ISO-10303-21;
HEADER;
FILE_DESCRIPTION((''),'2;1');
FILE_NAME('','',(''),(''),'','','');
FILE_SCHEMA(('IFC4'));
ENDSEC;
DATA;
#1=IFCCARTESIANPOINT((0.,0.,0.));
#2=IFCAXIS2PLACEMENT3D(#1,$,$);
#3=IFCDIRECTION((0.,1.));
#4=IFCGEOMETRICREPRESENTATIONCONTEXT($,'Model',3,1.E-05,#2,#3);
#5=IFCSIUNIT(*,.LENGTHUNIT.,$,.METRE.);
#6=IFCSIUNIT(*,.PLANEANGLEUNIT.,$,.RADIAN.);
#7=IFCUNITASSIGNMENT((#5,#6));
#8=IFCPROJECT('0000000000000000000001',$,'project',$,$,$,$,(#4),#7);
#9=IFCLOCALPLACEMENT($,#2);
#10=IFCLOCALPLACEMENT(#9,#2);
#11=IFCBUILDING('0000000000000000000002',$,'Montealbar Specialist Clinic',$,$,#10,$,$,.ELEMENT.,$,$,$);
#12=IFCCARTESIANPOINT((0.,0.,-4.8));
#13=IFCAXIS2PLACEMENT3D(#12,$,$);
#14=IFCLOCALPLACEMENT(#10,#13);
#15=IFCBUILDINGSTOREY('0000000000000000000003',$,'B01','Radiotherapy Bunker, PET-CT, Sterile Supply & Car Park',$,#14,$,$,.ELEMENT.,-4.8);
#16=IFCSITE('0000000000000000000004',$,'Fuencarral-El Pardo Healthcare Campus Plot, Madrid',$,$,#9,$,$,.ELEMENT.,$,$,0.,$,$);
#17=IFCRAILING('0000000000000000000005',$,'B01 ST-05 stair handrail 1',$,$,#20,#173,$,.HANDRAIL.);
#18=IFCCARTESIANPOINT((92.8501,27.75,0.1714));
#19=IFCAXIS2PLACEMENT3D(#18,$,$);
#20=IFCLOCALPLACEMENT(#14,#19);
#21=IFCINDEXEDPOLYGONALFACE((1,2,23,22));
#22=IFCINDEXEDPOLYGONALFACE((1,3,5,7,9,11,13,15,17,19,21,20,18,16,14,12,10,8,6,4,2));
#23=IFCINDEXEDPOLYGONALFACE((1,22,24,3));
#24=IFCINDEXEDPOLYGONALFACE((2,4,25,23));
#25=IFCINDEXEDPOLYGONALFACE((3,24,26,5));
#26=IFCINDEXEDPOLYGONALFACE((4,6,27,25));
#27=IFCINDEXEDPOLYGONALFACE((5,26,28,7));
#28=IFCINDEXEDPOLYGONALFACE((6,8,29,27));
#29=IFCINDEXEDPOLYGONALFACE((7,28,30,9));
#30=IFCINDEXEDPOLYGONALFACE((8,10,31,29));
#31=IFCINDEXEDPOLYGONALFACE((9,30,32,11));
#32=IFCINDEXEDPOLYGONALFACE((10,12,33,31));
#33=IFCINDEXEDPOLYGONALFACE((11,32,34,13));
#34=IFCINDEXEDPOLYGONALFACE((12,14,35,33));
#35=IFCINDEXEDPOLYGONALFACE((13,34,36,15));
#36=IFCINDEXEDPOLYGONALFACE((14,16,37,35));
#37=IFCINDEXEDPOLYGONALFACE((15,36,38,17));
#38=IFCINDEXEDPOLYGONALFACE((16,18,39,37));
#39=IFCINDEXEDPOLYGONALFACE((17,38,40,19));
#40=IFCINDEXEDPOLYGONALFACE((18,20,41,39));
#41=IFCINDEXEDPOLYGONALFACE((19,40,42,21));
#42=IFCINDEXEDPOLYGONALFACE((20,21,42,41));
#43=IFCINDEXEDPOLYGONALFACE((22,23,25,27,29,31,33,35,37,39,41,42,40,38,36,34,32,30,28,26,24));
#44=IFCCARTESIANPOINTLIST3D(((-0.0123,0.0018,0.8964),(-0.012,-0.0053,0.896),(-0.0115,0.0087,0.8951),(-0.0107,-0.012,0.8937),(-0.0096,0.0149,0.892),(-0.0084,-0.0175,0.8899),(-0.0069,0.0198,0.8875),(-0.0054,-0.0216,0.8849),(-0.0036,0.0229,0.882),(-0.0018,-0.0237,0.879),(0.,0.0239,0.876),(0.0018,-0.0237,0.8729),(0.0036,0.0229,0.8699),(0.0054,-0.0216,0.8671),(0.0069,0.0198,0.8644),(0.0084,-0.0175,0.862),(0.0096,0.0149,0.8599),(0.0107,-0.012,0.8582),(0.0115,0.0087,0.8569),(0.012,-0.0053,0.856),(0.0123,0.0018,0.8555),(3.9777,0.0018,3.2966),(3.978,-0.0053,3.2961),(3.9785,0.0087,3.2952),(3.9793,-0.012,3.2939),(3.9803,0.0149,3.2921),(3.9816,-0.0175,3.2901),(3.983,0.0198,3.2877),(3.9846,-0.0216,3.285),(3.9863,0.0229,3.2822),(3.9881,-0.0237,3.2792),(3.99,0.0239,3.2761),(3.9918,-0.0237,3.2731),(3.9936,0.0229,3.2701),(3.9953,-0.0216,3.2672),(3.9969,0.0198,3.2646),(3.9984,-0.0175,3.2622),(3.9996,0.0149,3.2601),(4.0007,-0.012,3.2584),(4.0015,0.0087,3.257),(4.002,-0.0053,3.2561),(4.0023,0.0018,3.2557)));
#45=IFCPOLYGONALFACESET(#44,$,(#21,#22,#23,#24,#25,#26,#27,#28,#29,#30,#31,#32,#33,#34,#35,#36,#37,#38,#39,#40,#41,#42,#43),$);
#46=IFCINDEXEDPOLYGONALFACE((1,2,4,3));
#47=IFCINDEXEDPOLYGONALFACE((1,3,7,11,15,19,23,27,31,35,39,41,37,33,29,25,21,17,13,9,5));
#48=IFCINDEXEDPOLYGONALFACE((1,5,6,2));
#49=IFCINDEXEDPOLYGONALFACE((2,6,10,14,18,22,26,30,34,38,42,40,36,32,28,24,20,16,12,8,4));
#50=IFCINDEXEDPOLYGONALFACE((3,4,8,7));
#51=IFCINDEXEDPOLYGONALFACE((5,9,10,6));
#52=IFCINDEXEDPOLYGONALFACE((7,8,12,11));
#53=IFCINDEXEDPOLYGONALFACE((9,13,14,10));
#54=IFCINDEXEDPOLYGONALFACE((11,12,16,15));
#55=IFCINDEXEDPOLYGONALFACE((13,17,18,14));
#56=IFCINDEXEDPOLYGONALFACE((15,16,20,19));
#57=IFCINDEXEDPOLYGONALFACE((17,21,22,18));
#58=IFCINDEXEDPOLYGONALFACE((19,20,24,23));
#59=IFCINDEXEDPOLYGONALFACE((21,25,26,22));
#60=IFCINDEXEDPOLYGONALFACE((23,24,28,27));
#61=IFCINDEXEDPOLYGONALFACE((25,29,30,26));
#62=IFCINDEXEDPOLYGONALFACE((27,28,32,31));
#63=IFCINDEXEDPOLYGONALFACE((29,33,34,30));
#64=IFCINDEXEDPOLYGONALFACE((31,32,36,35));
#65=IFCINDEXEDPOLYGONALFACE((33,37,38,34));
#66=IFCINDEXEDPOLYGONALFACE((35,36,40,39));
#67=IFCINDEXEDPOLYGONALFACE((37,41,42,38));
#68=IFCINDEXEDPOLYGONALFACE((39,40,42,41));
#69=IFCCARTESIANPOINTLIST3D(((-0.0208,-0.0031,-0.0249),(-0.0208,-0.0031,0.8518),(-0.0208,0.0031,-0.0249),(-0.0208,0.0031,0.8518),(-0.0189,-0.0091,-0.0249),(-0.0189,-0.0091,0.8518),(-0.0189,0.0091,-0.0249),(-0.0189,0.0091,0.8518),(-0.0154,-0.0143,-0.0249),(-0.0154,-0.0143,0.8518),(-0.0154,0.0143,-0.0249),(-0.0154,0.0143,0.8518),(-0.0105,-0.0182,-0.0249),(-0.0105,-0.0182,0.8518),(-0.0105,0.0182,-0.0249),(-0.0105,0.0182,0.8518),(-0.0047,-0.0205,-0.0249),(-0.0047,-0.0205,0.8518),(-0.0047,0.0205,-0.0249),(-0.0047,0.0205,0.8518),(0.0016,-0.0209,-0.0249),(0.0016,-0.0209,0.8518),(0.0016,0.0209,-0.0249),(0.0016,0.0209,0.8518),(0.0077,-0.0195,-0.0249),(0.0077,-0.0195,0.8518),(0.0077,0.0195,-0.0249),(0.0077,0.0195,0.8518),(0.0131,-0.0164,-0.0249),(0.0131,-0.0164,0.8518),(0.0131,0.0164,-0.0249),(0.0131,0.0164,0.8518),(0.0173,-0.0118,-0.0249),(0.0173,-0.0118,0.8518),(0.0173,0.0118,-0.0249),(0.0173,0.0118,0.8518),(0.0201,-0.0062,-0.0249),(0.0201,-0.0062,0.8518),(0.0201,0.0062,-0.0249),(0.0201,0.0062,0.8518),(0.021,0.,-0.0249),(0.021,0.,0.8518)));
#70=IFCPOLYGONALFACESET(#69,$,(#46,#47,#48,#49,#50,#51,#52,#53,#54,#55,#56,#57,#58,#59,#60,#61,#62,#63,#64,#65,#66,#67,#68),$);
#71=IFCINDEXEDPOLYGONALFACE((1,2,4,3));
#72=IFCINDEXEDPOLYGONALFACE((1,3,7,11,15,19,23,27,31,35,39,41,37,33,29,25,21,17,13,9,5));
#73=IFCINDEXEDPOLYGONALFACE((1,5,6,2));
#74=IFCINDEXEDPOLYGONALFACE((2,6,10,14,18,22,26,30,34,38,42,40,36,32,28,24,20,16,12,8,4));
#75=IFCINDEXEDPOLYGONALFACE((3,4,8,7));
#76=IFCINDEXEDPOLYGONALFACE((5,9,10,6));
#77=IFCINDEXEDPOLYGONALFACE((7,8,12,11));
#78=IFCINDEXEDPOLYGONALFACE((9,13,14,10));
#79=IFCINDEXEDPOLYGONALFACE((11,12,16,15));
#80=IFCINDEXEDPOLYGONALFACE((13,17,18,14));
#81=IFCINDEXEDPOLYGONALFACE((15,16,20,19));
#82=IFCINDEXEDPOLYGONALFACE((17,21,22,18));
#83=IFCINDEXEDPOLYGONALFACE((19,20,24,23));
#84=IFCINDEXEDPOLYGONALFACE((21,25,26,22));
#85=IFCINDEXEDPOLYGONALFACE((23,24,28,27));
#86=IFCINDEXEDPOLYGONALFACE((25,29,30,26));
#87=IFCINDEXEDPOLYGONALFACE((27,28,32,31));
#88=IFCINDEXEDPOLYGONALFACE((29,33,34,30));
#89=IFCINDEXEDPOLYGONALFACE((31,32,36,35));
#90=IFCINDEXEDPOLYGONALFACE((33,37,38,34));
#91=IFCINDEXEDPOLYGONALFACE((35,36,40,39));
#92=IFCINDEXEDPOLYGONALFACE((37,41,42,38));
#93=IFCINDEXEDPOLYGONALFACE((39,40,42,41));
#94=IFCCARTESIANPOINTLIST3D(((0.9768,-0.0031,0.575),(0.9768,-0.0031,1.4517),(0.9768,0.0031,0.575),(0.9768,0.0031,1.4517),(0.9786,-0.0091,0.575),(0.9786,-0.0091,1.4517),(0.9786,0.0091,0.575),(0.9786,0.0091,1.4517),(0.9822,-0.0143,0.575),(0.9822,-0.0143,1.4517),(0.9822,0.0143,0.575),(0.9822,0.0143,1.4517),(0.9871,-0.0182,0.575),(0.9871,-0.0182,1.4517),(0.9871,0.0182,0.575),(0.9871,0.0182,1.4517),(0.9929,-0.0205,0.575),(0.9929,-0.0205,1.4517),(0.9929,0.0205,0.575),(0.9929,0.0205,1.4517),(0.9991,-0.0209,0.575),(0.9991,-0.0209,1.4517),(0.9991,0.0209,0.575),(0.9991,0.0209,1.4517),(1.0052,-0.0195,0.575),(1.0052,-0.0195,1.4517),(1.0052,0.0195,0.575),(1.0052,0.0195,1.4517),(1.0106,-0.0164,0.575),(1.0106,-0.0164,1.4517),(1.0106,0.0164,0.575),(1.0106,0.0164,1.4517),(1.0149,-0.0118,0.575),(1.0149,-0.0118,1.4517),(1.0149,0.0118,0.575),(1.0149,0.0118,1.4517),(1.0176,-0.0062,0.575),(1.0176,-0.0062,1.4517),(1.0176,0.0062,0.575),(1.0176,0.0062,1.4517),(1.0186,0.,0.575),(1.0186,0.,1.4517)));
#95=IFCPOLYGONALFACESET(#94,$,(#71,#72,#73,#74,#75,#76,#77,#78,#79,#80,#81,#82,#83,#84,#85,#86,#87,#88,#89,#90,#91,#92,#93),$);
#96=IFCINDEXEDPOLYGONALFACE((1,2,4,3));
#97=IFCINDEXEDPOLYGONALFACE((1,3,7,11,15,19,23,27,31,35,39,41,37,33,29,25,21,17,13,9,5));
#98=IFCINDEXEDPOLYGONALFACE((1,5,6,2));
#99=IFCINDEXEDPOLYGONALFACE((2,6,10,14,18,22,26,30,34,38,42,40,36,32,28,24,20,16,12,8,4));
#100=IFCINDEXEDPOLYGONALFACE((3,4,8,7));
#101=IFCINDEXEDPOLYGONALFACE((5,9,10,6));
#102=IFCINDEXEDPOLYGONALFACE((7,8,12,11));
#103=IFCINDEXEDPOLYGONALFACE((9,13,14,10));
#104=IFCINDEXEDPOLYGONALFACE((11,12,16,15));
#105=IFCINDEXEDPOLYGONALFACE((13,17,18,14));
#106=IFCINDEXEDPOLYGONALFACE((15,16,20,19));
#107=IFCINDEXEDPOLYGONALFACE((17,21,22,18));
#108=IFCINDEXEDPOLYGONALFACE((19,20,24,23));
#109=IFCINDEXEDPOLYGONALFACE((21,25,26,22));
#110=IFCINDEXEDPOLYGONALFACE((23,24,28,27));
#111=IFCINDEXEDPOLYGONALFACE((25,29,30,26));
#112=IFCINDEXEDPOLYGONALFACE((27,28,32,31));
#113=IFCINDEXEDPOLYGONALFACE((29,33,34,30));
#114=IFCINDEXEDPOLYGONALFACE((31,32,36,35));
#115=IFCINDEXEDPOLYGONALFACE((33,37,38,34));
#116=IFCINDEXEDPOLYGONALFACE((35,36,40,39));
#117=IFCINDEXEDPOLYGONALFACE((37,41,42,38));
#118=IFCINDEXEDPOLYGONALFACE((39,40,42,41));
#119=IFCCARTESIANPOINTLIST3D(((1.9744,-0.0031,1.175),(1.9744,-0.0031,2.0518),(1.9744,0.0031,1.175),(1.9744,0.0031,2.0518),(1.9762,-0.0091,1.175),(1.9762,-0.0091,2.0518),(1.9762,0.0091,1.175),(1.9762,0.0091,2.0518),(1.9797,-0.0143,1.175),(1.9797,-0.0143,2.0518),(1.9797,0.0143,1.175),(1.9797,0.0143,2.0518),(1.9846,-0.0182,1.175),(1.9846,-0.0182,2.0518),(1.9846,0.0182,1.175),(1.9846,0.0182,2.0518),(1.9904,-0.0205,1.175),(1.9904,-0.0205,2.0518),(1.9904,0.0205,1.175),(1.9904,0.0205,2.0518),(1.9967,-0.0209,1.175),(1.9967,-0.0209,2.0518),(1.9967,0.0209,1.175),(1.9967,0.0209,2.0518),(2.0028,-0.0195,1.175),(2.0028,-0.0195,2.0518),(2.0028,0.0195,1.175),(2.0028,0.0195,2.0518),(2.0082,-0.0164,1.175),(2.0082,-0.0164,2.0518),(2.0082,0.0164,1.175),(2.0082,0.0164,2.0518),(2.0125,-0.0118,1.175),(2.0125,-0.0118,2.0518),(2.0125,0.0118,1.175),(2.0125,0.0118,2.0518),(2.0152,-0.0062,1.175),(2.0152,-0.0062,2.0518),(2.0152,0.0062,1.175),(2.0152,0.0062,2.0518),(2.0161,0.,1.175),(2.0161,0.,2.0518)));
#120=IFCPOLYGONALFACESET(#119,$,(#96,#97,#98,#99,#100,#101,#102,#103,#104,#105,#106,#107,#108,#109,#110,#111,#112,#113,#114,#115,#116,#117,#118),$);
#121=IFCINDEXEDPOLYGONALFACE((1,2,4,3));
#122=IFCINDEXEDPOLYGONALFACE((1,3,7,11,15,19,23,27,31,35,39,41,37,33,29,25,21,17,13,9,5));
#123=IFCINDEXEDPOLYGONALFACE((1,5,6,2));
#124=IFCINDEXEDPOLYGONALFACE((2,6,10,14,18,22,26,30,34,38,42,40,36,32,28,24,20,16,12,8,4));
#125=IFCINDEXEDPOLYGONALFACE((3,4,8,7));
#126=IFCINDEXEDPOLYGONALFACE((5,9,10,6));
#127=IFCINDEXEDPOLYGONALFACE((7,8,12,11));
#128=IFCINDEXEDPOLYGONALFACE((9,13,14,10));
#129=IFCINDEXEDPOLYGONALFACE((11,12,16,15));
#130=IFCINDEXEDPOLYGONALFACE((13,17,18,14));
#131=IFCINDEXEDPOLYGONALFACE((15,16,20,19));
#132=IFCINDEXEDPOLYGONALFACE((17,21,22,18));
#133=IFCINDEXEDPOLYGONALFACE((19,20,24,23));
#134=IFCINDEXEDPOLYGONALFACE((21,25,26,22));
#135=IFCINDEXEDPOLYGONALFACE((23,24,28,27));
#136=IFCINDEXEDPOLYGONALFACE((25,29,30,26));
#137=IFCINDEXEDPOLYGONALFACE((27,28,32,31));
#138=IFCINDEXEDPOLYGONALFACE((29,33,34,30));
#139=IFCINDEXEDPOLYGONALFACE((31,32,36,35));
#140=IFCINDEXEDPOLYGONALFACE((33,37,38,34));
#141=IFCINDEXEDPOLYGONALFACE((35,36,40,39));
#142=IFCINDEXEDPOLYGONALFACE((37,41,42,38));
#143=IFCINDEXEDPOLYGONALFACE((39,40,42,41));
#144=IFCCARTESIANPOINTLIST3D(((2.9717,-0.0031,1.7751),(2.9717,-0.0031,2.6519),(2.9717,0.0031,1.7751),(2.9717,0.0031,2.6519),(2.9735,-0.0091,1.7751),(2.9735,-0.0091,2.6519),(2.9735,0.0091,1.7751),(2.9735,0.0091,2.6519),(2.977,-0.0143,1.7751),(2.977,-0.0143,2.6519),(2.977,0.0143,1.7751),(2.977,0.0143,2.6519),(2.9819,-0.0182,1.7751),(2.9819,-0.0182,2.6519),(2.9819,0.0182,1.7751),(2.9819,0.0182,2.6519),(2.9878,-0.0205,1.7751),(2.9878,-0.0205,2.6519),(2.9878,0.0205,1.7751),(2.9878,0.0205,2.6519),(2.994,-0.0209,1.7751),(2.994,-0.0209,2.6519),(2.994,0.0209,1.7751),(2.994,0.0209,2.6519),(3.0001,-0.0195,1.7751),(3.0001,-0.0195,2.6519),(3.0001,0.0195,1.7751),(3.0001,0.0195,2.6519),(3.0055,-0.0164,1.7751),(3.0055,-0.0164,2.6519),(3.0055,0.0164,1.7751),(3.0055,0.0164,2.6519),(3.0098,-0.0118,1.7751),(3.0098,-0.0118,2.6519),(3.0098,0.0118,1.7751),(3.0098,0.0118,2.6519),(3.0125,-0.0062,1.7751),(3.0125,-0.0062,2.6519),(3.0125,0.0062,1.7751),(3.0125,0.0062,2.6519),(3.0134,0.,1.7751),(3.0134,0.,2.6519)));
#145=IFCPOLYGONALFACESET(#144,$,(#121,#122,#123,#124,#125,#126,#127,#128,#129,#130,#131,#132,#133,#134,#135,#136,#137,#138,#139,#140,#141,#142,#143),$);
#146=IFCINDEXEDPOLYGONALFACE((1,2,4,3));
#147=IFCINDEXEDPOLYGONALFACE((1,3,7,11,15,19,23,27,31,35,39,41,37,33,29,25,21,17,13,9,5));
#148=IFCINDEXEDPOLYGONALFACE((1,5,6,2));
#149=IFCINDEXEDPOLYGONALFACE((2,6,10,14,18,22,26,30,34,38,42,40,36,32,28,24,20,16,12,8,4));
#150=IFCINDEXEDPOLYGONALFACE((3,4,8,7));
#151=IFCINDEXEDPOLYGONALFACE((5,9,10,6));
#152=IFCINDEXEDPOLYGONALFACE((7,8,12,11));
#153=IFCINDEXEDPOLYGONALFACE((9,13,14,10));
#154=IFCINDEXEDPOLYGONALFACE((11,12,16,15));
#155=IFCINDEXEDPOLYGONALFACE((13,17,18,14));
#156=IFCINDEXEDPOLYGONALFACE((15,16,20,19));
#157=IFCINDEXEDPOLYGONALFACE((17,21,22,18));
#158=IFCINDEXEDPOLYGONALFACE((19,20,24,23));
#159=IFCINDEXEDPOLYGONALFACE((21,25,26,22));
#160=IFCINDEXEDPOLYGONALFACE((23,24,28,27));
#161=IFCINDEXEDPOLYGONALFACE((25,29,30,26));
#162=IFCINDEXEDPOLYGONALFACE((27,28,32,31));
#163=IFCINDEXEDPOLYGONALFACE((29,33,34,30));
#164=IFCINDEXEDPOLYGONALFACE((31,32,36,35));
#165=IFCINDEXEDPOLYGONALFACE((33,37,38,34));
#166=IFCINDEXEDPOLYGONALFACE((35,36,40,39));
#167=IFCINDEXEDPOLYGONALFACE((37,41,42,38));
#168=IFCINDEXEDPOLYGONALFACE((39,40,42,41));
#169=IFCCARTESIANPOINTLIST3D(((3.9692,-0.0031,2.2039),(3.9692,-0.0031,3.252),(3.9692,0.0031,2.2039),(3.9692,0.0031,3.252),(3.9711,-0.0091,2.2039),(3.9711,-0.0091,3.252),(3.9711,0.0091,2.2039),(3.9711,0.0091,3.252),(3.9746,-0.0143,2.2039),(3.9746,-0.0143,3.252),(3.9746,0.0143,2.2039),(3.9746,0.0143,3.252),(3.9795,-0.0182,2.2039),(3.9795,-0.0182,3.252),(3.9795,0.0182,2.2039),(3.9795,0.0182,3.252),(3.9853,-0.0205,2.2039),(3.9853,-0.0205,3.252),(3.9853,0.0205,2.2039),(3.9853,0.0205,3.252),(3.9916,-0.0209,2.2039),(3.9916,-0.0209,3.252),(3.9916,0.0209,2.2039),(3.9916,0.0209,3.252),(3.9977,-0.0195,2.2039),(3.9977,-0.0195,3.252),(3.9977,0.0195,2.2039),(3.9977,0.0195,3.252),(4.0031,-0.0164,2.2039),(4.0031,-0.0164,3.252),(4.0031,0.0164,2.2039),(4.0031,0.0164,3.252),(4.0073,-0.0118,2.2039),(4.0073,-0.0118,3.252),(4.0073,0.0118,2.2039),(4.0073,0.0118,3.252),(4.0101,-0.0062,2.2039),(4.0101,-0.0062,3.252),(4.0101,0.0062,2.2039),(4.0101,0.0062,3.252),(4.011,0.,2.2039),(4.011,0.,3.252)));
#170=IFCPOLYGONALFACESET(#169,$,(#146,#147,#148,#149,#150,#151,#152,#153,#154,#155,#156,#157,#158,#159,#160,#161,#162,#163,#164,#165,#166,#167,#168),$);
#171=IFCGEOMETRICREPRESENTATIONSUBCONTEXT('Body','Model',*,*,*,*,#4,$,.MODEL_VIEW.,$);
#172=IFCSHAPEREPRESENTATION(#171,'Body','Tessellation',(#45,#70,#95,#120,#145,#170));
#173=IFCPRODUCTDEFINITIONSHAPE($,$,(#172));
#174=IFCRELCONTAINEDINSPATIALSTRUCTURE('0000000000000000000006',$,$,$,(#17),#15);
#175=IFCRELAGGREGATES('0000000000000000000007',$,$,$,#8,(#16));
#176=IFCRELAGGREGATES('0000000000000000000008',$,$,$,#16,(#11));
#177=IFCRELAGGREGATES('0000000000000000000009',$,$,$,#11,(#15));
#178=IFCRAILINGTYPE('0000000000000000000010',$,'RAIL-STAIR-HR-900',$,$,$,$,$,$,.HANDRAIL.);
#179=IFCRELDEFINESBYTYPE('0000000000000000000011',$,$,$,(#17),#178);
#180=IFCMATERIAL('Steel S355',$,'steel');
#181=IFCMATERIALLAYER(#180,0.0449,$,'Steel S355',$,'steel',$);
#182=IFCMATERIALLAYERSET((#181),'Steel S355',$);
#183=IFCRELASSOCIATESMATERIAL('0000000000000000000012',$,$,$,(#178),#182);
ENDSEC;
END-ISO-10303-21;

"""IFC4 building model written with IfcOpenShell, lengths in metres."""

from ifc_helpers import new_model, si_unit, direction, frame, origin, origin_2d, place, context, subcontext, project, spatial, circle, extrude, material, layer, layer_set, type_object, element, save


model = new_model("IFC4")

# Units and contexts
model_context = context("Model", 3, precision=1e-05, world=origin(), true_north=direction((0.0, 1.0)))
body_context = subcontext(model_context, "Body", "Model", "MODEL_VIEW")
ifc_project = project(units=[si_unit("LENGTHUNIT", "METRE"), si_unit("PLANEANGLEUNIT", "RADIAN")], contexts=[model_context])

# Site, building, storey
site_placement = place(None, origin())
site = spatial("IfcSite", under=ifc_project, at=site_placement, Name="Fuencarral-El Pardo Healthcare Campus Plot, Madrid", CompositionType="ELEMENT", RefElevation=0.0)
building_placement = place(site_placement, origin())
building = spatial("IfcBuilding", under=site, at=building_placement, Name="Montealbar Specialist Clinic", CompositionType="ELEMENT")
storey_placement = place(building_placement, frame((0.0, 0.0, -4.8)))
storey = spatial("IfcBuildingStorey", under=building, at=storey_placement, Name="B01", Description="Radiotherapy Bunker, PET-CT, Sterile Supply & Car Park", CompositionType="ELEMENT", Elevation=-4.8)

# Shared definitions
ifc_material_1 = material(Name="Steel S355", Category="steel")

# Railing
ifc_layer_1 = layer(ifc_material_1, 0.0449, Name="Steel S355", Category="steel")
ifc_layer_set_1 = layer_set([ifc_layer_1], Name="Steel S355")
railing_type_1 = type_object("IfcRailingType", Name="RAIL-STAIR-HR-900", PredefinedType="HANDRAIL", material=ifc_layer_set_1)
railing_1_placement = place(storey_placement, frame((92.8501, 27.75, 0.1714)))
element("IfcRailing", 1, at=railing_1_placement, inside=storey, type_object=railing_type_1, Name="B01 ST-05 stair handrail 1", PredefinedType="HANDRAIL", context=body_context, shape_type="SweptSolid", body=[
    extrude(circle(Radius=0.0239, at=origin_2d()), frame((0.0, 0.0, 0.876), z_axis=(0.856909, 0.0, 0.515467), x_axis=(0.0, 1.0, 0.0)), (0.0, 0.0, 1.0), 4.6562),
    extrude(circle(Radius=0.021, at=origin_2d()), frame((0.0, 0.0, -0.0249)), (0.0, 0.0, 1.0), 0.8767),
    extrude(circle(Radius=0.021, at=origin_2d()), frame((0.9976, 0.0, 0.575)), (0.0, 0.0, 1.0), 0.8767),
    extrude(circle(Radius=0.021, at=origin_2d()), frame((1.9951, 0.0, 1.175)), (0.0, 0.0, 1.0), 0.8767),
    extrude(circle(Radius=0.021, at=origin_2d()), frame((2.9924, 0.0, 1.7751)), (0.0, 0.0, 1.0), 0.8767),
    extrude(circle(Radius=0.021, at=origin_2d()), frame((3.99, 0.0, 2.2039)), (0.0, 0.0, 1.0), 1.0481),
])

save(model, "model.ifc")
